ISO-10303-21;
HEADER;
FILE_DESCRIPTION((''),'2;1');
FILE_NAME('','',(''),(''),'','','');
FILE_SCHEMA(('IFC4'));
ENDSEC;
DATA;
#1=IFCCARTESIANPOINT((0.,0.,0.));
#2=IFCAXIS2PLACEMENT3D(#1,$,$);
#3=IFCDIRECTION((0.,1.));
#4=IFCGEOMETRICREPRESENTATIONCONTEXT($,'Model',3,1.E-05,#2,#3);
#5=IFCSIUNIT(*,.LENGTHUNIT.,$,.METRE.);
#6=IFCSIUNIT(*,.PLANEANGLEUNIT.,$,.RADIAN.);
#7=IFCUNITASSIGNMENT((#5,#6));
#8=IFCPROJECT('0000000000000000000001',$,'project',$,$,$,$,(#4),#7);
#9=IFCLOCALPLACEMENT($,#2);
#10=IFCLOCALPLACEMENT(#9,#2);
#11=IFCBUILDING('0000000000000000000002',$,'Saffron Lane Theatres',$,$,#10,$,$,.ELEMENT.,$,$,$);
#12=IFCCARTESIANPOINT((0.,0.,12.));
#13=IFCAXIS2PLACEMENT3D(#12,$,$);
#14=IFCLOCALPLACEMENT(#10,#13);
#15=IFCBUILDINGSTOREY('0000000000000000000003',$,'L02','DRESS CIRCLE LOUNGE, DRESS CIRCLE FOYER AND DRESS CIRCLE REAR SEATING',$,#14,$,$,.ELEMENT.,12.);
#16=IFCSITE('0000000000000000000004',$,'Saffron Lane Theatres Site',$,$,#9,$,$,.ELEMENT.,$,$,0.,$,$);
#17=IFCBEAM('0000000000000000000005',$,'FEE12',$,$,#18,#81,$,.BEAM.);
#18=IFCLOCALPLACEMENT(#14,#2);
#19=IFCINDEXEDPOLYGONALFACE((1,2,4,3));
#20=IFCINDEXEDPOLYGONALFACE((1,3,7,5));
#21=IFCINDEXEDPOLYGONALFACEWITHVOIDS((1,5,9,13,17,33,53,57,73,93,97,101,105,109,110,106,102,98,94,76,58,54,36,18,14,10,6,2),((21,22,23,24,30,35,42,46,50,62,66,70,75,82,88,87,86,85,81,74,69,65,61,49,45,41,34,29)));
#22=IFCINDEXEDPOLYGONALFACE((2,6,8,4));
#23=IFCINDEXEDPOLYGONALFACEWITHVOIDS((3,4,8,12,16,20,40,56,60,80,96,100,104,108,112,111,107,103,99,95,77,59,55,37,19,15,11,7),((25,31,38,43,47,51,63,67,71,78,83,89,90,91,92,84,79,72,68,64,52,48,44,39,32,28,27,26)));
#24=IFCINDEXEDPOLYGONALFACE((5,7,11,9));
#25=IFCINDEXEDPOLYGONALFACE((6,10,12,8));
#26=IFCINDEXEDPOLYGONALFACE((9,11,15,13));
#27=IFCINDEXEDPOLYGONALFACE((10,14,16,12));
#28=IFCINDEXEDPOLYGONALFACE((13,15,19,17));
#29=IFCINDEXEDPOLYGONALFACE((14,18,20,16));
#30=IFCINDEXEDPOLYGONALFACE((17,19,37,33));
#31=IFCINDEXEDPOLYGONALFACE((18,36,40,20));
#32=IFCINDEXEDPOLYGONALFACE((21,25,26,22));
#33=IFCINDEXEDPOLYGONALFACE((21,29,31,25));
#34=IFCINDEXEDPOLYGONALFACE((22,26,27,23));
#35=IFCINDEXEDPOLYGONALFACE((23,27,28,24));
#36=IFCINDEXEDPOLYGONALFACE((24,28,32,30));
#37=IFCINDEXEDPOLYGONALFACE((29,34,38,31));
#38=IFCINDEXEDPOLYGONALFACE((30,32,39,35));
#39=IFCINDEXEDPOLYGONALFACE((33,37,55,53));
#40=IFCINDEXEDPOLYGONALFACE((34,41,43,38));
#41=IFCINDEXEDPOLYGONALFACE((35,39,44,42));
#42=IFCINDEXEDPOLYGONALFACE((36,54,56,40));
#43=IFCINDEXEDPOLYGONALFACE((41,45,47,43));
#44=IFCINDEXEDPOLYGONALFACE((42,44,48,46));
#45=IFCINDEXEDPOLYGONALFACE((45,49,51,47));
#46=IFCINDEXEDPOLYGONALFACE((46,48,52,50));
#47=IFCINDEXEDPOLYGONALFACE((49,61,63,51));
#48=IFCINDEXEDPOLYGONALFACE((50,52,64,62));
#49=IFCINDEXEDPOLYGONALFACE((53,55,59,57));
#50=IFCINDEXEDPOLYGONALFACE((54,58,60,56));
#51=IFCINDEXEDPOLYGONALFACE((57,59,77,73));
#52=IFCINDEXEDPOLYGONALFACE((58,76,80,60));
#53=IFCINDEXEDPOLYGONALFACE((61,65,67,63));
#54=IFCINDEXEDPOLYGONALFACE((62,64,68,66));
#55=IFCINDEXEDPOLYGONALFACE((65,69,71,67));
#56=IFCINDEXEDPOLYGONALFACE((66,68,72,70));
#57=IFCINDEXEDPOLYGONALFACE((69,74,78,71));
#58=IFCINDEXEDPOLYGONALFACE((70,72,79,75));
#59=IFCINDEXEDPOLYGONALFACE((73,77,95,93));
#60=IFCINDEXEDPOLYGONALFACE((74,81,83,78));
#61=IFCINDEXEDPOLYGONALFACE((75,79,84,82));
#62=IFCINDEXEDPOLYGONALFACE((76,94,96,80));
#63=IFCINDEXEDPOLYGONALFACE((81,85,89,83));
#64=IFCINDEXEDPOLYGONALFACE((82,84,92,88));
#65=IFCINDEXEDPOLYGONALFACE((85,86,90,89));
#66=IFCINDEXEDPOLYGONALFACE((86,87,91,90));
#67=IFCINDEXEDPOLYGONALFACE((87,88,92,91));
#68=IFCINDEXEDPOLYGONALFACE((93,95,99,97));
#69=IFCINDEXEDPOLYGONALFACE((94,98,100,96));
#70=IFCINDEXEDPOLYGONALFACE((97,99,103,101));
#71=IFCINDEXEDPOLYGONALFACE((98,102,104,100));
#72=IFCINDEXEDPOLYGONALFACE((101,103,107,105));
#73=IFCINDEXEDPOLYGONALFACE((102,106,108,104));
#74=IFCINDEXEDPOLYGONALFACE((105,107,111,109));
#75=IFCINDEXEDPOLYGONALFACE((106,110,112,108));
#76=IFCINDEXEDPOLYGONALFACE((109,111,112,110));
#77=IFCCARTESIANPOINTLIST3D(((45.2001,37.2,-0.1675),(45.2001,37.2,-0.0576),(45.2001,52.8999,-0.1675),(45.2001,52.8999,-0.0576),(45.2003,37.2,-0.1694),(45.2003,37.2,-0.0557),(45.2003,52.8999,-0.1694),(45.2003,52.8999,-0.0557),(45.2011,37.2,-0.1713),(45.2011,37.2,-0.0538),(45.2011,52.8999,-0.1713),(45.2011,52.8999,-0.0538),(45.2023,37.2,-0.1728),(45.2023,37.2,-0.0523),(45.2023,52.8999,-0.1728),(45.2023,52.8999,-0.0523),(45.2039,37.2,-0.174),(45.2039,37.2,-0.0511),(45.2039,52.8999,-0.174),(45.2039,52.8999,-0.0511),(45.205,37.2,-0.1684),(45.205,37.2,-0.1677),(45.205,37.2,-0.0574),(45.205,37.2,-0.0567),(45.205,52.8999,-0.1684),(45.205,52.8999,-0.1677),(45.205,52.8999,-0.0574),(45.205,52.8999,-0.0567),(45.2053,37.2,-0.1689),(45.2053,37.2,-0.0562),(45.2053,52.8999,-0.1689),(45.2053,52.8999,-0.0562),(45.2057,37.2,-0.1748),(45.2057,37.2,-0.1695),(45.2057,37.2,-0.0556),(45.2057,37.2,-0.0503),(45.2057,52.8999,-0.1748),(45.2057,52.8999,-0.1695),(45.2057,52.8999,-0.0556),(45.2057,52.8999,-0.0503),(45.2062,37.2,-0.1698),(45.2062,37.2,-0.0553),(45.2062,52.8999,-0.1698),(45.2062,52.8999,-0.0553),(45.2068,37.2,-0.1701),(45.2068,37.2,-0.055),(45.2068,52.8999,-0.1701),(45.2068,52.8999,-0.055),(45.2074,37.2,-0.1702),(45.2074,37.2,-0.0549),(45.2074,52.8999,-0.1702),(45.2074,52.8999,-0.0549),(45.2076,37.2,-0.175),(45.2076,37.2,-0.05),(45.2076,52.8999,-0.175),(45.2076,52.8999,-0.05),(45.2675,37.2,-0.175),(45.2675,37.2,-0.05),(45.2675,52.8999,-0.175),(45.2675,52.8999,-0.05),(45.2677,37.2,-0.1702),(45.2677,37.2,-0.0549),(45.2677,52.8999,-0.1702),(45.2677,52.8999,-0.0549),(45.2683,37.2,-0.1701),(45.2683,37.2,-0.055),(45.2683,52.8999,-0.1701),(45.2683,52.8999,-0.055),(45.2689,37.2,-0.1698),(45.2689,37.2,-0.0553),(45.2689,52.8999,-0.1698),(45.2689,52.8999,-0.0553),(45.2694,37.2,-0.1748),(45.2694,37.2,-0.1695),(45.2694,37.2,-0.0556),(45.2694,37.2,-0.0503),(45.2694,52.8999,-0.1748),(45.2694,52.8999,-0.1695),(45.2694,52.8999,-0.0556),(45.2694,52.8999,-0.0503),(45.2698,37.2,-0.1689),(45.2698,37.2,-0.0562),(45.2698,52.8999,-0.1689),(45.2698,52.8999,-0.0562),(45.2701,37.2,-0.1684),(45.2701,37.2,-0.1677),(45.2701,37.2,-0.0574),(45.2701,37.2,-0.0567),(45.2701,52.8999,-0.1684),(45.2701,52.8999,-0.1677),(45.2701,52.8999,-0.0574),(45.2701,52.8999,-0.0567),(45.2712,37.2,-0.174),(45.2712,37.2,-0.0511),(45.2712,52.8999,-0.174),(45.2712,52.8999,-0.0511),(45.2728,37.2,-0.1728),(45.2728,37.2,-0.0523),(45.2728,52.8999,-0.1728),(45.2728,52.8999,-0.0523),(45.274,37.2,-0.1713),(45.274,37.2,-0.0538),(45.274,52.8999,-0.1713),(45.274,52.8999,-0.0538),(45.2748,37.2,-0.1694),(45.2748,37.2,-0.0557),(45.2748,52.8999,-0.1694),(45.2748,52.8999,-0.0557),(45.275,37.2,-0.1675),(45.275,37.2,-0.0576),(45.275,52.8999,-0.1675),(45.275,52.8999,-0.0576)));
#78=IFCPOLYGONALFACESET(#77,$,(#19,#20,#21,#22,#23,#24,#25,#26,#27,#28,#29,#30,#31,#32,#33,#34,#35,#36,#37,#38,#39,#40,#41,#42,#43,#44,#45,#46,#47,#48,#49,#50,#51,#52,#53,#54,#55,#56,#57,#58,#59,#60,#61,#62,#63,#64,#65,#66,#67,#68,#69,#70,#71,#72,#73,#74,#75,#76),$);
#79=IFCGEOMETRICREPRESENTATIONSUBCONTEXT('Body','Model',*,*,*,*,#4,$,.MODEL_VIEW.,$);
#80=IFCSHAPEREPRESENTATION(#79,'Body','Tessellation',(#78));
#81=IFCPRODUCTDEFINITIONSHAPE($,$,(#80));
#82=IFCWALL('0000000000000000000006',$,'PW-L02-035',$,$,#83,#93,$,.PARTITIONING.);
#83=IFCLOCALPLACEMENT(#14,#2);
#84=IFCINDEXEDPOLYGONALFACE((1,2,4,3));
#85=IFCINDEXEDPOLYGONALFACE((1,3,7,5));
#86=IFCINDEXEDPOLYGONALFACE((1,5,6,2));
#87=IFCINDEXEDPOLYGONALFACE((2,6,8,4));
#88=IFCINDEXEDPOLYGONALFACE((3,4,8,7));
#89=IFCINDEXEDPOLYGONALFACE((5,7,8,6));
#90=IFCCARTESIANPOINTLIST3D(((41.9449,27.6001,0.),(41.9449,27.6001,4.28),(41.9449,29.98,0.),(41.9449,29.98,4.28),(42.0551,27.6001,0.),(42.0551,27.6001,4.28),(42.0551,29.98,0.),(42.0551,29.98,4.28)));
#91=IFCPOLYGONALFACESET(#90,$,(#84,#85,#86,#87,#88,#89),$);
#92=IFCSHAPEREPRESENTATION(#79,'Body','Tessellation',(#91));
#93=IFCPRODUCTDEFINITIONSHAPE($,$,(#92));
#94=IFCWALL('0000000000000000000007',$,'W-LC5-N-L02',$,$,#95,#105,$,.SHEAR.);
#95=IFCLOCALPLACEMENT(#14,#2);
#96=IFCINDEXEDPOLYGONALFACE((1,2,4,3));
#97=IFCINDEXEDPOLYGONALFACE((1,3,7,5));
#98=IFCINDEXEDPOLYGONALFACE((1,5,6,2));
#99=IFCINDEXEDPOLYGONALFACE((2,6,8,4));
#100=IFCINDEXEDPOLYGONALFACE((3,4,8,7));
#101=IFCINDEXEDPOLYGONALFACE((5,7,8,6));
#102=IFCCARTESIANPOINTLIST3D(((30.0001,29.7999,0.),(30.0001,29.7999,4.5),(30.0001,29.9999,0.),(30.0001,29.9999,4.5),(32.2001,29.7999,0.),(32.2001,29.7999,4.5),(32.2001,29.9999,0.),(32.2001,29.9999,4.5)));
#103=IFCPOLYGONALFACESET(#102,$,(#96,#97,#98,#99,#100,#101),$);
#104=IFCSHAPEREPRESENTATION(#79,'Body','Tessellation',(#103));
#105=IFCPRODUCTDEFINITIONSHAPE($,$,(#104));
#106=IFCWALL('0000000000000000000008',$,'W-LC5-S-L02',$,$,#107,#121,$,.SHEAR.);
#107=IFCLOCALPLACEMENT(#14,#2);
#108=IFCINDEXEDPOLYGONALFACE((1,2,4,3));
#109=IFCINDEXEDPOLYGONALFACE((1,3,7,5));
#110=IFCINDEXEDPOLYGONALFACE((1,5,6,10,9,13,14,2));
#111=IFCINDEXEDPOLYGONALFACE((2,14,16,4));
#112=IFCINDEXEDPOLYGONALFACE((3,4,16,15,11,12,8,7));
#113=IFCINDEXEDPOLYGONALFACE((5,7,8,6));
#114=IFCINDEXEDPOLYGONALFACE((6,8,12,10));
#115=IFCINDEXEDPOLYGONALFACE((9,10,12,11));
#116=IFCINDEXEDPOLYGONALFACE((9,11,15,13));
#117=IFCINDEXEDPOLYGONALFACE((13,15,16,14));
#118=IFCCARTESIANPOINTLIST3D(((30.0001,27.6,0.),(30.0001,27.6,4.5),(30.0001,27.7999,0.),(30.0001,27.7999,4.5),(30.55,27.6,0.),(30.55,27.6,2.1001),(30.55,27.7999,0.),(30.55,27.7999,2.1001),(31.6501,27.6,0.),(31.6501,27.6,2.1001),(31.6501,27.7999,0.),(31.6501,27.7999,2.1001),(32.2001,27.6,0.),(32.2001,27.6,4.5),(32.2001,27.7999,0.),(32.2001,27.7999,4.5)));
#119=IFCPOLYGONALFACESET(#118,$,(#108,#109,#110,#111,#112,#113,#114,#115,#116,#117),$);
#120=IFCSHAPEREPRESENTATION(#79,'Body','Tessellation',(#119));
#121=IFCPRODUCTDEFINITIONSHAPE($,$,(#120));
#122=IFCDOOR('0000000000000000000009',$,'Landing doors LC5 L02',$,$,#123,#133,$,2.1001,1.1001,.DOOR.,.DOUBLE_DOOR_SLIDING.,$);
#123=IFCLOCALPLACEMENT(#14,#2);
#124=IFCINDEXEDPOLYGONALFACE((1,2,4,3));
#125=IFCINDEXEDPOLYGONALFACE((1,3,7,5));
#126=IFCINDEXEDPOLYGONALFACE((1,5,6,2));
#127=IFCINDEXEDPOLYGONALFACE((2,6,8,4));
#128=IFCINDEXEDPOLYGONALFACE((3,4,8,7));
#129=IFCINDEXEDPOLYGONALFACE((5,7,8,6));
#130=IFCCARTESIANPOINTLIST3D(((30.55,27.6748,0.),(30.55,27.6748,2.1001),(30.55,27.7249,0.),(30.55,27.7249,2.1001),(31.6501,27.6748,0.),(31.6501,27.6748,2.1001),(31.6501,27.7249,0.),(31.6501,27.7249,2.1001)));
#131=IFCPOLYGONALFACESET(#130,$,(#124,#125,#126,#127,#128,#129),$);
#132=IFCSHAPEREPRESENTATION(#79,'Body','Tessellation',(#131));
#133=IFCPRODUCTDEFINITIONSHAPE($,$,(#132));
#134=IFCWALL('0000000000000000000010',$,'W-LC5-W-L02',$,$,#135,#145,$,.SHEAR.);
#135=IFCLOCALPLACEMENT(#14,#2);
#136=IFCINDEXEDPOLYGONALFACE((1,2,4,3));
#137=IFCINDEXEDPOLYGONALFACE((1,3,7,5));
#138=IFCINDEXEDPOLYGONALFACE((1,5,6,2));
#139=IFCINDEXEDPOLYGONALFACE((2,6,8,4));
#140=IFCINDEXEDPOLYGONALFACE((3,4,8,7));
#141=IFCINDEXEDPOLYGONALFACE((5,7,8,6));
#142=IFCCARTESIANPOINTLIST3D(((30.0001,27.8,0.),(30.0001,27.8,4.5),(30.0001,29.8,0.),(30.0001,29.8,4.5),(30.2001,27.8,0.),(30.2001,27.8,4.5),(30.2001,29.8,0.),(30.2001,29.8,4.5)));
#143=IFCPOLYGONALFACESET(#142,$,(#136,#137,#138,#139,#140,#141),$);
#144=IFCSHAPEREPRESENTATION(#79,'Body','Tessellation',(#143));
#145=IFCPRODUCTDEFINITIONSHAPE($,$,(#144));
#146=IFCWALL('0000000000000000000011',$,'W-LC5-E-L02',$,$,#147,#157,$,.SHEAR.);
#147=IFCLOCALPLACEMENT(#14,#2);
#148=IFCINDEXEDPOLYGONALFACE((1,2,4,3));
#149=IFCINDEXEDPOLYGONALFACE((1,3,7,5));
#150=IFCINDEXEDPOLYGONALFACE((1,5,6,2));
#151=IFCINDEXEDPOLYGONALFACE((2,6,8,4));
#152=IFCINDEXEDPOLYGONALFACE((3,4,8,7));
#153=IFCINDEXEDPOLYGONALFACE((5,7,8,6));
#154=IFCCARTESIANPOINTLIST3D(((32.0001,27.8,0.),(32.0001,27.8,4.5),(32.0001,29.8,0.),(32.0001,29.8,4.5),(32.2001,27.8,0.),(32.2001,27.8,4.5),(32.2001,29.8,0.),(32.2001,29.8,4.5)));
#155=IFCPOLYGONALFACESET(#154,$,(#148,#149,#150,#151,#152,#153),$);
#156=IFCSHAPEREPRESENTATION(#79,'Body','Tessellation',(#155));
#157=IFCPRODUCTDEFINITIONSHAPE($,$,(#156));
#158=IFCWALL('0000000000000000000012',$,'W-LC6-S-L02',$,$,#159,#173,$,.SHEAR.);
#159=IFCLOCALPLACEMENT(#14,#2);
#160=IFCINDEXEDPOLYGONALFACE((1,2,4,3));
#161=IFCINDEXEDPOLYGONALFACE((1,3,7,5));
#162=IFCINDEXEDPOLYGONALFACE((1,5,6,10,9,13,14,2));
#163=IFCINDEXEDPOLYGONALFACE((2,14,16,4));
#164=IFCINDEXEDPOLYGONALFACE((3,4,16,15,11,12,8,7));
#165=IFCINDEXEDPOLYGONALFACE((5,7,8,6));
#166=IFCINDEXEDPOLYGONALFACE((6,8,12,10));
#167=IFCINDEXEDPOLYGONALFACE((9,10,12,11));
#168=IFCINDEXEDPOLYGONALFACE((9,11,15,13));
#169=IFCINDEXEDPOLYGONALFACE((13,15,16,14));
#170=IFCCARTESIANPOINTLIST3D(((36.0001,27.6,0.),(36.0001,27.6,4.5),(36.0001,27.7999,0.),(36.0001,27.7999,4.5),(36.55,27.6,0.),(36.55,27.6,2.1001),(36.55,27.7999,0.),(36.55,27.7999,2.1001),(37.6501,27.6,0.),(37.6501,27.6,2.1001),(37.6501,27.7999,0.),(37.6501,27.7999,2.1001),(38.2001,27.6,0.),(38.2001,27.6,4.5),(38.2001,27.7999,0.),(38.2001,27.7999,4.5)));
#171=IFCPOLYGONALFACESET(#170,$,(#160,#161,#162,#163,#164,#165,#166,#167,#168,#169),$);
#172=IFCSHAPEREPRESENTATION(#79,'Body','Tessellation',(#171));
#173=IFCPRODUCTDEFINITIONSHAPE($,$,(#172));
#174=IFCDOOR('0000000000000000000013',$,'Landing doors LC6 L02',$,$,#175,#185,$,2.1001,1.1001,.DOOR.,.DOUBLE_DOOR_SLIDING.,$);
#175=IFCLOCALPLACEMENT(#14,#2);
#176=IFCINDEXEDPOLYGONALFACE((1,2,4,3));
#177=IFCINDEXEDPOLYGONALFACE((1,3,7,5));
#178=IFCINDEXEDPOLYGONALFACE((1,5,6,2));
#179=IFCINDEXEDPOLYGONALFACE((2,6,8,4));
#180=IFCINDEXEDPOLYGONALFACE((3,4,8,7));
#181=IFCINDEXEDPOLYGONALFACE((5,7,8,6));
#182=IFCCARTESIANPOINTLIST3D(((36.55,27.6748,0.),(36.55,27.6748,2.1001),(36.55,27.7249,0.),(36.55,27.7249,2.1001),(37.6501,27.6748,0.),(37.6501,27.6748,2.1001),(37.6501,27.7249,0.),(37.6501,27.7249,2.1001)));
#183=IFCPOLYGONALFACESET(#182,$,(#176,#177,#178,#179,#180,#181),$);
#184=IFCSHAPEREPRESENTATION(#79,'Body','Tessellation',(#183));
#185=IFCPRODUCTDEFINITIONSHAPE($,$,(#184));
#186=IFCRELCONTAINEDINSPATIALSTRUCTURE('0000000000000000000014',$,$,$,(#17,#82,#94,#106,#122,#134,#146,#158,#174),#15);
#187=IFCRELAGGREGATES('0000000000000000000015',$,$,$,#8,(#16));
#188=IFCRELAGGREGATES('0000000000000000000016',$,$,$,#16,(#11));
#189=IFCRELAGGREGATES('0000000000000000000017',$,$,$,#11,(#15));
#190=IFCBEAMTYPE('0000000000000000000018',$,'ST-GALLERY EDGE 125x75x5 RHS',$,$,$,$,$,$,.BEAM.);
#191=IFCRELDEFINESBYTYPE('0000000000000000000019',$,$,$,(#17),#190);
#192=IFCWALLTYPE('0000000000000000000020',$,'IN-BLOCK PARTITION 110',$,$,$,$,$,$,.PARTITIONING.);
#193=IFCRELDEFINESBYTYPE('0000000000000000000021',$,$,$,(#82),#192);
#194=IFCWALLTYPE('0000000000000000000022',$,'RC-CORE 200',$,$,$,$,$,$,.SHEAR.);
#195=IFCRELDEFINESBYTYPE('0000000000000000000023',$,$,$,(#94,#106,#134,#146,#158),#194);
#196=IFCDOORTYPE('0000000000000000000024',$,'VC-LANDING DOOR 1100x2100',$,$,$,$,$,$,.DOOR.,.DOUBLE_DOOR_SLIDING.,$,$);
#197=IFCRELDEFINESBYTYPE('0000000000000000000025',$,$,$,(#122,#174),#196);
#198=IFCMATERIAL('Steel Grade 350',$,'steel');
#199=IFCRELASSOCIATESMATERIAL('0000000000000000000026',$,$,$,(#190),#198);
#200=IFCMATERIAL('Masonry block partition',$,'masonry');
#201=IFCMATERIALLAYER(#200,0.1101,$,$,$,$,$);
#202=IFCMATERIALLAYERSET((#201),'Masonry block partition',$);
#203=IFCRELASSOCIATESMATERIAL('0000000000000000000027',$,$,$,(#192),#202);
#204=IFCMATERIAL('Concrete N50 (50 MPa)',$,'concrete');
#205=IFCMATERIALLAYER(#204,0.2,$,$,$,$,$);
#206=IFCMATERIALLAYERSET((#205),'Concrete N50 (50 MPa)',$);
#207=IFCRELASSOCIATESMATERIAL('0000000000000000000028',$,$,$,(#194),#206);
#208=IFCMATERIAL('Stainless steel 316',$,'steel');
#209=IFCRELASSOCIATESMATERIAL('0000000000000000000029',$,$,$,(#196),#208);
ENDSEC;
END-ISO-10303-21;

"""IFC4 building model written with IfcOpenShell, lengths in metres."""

from ifc_helpers import new_model, si_unit, direction, frame, frame_2d, origin, origin_2d, place, context, subcontext, project, spatial, rectangle, hollow_rectangle, extrude, material, layer, layer_set, material_profile, profile_set, type_object, element, fill, save


model = new_model("IFC4")

# Units and contexts
model_context = context("Model", 3, precision=1e-05, world=origin(), true_north=direction((0.0, 1.0)))
body_context = subcontext(model_context, "Body", "Model", "MODEL_VIEW")
ifc_project = project(units=[si_unit("LENGTHUNIT", "METRE"), si_unit("PLANEANGLEUNIT", "RADIAN")], contexts=[model_context])

# Site, building, storey
site_placement = place(None, origin())
site = spatial("IfcSite", under=ifc_project, at=site_placement, Name="Saffron Lane Theatres Site", CompositionType="ELEMENT", RefElevation=0.0)
building_placement = place(site_placement, origin())
building = spatial("IfcBuilding", under=site, at=building_placement, Name="Saffron Lane Theatres", CompositionType="ELEMENT")
storey_placement = place(building_placement, frame((0.0, 0.0, 12.0)))
storey = spatial("IfcBuildingStorey", under=building, at=storey_placement, Name="L02", Description="DRESS CIRCLE LOUNGE, DRESS CIRCLE FOYER AND DRESS CIRCLE REAR SEATING", CompositionType="ELEMENT", Elevation=12.0)

# Beam
ifc_material_1 = material(Name="Steel Grade 350", Category="steel")
ifc_material_profile_1 = material_profile(ifc_material_1, hollow_rectangle(XDim=0.075, YDim=0.125, WallThickness=0.0049, InnerFilletRadius=0.0024, OuterFilletRadius=0.0076, at=origin_2d()))
ifc_profile_set_1 = profile_set([ifc_material_profile_1], Name="Steel Grade 350")
beam_type_1 = type_object("IfcBeamType", Name="ST-GALLERY EDGE 125x75x5 RHS", PredefinedType="BEAM", material=ifc_profile_set_1)
beam_1_placement = place(storey_placement, frame((45.2375, 37.2, -0.1125), z_axis=(0.0, 1.0, 0.0), x_axis=(-1.0, 0.0, 0.0)))
element("IfcBeam", 1, at=beam_1_placement, inside=storey, type_object=beam_type_1, Name="FEE12", PredefinedType="BEAM", context=body_context, shape_type="SweptSolid", body=[
    extrude(hollow_rectangle(XDim=0.075, YDim=0.125, WallThickness=0.0049, InnerFilletRadius=0.0024, OuterFilletRadius=0.0076, at=origin_2d()), origin(), (0.0, 0.0, 1.0), 15.7),
])

# Walls
ifc_material_2 = material(Name="Masonry block partition", Category="masonry")
ifc_layer_1 = layer(ifc_material_2, 0.1101)
ifc_layer_set_1 = layer_set([ifc_layer_1], Name="Masonry block partition")
wall_type_1 = type_object("IfcWallType", Name="IN-BLOCK PARTITION 110", PredefinedType="PARTITIONING", material=ifc_layer_set_1)
wall_1_placement = place(storey_placement, frame((42.0, 27.6001, 0.0), z_axis=(0.0, 0.0, 1.0), x_axis=(0.0, 1.0, 0.0)))
element("IfcWall", 2, at=wall_1_placement, inside=storey, type_object=wall_type_1, Name="PW-L02-035", PredefinedType="PARTITIONING", context=body_context, shape_type="SweptSolid", body=[
    extrude(rectangle(XDim=2.3799, YDim=0.1101, at=frame_2d((1.1899, 0.0))), origin(), (0.0, 0.0, 1.0), 4.28),
])
ifc_material_3 = material(Name="Concrete N50 (50 MPa)", Category="concrete")
ifc_layer_2 = layer(ifc_material_3, 0.2)
ifc_layer_set_2 = layer_set([ifc_layer_2], Name="Concrete N50 (50 MPa)")
wall_type_2 = type_object("IfcWallType", Name="RC-CORE 200", PredefinedType="SHEAR", material=ifc_layer_set_2)
wall_2_placement = place(storey_placement, frame((30.0, 29.8999, 0.0), z_axis=(0.0, 0.0, 1.0), x_axis=(1.0, 0.0, 0.0)))
element("IfcWall", 3, at=wall_2_placement, inside=storey, type_object=wall_type_2, Name="W-LC5-N-L02", PredefinedType="SHEAR", context=body_context, shape_type="SweptSolid", body=[
    extrude(rectangle(XDim=2.2, YDim=0.2, at=frame_2d((1.1001, 0.0))), origin(), (0.0, 0.0, 1.0), 4.5),
])

# Wall, opening, door
wall_3_placement = place(storey_placement, frame((30.0, 27.7, 0.0), z_axis=(0.0, 0.0, 1.0), x_axis=(1.0, 0.0, 0.0)))
wall_3 = element("IfcWall", 4, at=wall_3_placement, inside=storey, type_object=wall_type_2, Name="W-LC5-S-L02", PredefinedType="SHEAR", context=body_context, shape_type="SweptSolid", body=[
    extrude(rectangle(XDim=2.2, YDim=0.2, at=frame_2d((1.1001, 0.0))), origin(), (0.0, 0.0, 1.0), 4.5),
])
opening_1_placement = place(wall_3_placement, frame((0.55, 0.0, 0.0)))
opening_1 = element("IfcOpeningElement", 5, at=opening_1_placement, cuts=wall_3, PredefinedType="OPENING", context=body_context, shape_type="SweptSolid", body=[
    extrude(rectangle(XDim=1.1001, YDim=2.1001, at=frame_2d((0.55, 1.05))), frame((0.0, 0.1099, 0.0), z_axis=(0.0, -1.0, 0.0), x_axis=(1.0, 0.0, 0.0)), (0.0, 0.0, 1.0), 0.22),
])
ifc_material_4 = material(Name="Stainless steel 316", Category="steel")
door_type = type_object("IfcDoorType", Name="VC-LANDING DOOR 1100x2100", OperationType="DOUBLE_DOOR_SLIDING", PredefinedType="DOOR", material=ifc_material_4)
door_1_placement = place(opening_1_placement, origin())
door_1 = element("IfcDoor", 6, at=door_1_placement, inside=storey, type_object=door_type, Name="Landing doors LC5 L02", OperationType="DOUBLE_DOOR_SLIDING", OverallHeight=2.1001, OverallWidth=1.1001, PredefinedType="DOOR", context=body_context, shape_type="SweptSolid", body=[
    extrude(rectangle(XDim=1.1001, YDim=2.1001, at=frame_2d((0.55, 1.05))), frame((0.0, 0.0249, 0.0), z_axis=(0.0, -1.0, 0.0), x_axis=(1.0, 0.0, 0.0)), (0.0, 0.0, 1.0), 0.05),
])
fill(opening_1, door_1)

# Walls
for number, where, z_axis, x_axis, name in (
    (7, (30.1001, 27.8, 0.0), (0.0, 0.0, 1.0), (0.0, 1.0, 0.0), "W-LC5-W-L02"),
    (8, (32.1001, 27.8, 0.0), (0.0, 0.0, 1.0), (0.0, 1.0, 0.0), "W-LC5-E-L02"),
):
    element("IfcWall", number, at=place(storey_placement, frame(where, z_axis=z_axis, x_axis=x_axis)), inside=storey, type_object=wall_type_2, Name=name, PredefinedType="SHEAR", context=body_context, shape_type="SweptSolid", body=[
        extrude(rectangle(XDim=2.0, YDim=0.2, at=frame_2d((1.0, 0.0))), origin(), (0.0, 0.0, 1.0), 4.5),
    ])

# Wall, opening, door
wall_4_placement = place(storey_placement, frame((36.0, 27.7, 0.0), z_axis=(0.0, 0.0, 1.0), x_axis=(1.0, 0.0, 0.0)))
wall_4 = element("IfcWall", 9, at=wall_4_placement, inside=storey, type_object=wall_type_2, Name="W-LC6-S-L02", PredefinedType="SHEAR", context=body_context, shape_type="SweptSolid", body=[
    extrude(rectangle(XDim=2.2, YDim=0.2, at=frame_2d((1.1001, 0.0))), origin(), (0.0, 0.0, 1.0), 4.5),
])
opening_2_placement = place(wall_4_placement, frame((0.55, 0.0, 0.0)))
opening_2 = element("IfcOpeningElement", 10, at=opening_2_placement, cuts=wall_4, PredefinedType="OPENING", context=body_context, shape_type="SweptSolid", body=[
    extrude(rectangle(XDim=1.1001, YDim=2.1001, at=frame_2d((0.55, 1.05))), frame((0.0, 0.1099, 0.0), z_axis=(0.0, -1.0, 0.0), x_axis=(1.0, 0.0, 0.0)), (0.0, 0.0, 1.0), 0.22),
])
door_2_placement = place(opening_2_placement, origin())
door_2 = element("IfcDoor", 11, at=door_2_placement, inside=storey, type_object=door_type, Name="Landing doors LC6 L02", OperationType="DOUBLE_DOOR_SLIDING", OverallHeight=2.1001, OverallWidth=1.1001, PredefinedType="DOOR", context=body_context, shape_type="SweptSolid", body=[
    extrude(rectangle(XDim=1.1001, YDim=2.1001, at=frame_2d((0.55, 1.05))), frame((0.0, 0.0249, 0.0), z_axis=(0.0, -1.0, 0.0), x_axis=(1.0, 0.0, 0.0)), (0.0, 0.0, 1.0), 0.05),
])
fill(opening_2, door_2)

save(model, "model.ifc")
